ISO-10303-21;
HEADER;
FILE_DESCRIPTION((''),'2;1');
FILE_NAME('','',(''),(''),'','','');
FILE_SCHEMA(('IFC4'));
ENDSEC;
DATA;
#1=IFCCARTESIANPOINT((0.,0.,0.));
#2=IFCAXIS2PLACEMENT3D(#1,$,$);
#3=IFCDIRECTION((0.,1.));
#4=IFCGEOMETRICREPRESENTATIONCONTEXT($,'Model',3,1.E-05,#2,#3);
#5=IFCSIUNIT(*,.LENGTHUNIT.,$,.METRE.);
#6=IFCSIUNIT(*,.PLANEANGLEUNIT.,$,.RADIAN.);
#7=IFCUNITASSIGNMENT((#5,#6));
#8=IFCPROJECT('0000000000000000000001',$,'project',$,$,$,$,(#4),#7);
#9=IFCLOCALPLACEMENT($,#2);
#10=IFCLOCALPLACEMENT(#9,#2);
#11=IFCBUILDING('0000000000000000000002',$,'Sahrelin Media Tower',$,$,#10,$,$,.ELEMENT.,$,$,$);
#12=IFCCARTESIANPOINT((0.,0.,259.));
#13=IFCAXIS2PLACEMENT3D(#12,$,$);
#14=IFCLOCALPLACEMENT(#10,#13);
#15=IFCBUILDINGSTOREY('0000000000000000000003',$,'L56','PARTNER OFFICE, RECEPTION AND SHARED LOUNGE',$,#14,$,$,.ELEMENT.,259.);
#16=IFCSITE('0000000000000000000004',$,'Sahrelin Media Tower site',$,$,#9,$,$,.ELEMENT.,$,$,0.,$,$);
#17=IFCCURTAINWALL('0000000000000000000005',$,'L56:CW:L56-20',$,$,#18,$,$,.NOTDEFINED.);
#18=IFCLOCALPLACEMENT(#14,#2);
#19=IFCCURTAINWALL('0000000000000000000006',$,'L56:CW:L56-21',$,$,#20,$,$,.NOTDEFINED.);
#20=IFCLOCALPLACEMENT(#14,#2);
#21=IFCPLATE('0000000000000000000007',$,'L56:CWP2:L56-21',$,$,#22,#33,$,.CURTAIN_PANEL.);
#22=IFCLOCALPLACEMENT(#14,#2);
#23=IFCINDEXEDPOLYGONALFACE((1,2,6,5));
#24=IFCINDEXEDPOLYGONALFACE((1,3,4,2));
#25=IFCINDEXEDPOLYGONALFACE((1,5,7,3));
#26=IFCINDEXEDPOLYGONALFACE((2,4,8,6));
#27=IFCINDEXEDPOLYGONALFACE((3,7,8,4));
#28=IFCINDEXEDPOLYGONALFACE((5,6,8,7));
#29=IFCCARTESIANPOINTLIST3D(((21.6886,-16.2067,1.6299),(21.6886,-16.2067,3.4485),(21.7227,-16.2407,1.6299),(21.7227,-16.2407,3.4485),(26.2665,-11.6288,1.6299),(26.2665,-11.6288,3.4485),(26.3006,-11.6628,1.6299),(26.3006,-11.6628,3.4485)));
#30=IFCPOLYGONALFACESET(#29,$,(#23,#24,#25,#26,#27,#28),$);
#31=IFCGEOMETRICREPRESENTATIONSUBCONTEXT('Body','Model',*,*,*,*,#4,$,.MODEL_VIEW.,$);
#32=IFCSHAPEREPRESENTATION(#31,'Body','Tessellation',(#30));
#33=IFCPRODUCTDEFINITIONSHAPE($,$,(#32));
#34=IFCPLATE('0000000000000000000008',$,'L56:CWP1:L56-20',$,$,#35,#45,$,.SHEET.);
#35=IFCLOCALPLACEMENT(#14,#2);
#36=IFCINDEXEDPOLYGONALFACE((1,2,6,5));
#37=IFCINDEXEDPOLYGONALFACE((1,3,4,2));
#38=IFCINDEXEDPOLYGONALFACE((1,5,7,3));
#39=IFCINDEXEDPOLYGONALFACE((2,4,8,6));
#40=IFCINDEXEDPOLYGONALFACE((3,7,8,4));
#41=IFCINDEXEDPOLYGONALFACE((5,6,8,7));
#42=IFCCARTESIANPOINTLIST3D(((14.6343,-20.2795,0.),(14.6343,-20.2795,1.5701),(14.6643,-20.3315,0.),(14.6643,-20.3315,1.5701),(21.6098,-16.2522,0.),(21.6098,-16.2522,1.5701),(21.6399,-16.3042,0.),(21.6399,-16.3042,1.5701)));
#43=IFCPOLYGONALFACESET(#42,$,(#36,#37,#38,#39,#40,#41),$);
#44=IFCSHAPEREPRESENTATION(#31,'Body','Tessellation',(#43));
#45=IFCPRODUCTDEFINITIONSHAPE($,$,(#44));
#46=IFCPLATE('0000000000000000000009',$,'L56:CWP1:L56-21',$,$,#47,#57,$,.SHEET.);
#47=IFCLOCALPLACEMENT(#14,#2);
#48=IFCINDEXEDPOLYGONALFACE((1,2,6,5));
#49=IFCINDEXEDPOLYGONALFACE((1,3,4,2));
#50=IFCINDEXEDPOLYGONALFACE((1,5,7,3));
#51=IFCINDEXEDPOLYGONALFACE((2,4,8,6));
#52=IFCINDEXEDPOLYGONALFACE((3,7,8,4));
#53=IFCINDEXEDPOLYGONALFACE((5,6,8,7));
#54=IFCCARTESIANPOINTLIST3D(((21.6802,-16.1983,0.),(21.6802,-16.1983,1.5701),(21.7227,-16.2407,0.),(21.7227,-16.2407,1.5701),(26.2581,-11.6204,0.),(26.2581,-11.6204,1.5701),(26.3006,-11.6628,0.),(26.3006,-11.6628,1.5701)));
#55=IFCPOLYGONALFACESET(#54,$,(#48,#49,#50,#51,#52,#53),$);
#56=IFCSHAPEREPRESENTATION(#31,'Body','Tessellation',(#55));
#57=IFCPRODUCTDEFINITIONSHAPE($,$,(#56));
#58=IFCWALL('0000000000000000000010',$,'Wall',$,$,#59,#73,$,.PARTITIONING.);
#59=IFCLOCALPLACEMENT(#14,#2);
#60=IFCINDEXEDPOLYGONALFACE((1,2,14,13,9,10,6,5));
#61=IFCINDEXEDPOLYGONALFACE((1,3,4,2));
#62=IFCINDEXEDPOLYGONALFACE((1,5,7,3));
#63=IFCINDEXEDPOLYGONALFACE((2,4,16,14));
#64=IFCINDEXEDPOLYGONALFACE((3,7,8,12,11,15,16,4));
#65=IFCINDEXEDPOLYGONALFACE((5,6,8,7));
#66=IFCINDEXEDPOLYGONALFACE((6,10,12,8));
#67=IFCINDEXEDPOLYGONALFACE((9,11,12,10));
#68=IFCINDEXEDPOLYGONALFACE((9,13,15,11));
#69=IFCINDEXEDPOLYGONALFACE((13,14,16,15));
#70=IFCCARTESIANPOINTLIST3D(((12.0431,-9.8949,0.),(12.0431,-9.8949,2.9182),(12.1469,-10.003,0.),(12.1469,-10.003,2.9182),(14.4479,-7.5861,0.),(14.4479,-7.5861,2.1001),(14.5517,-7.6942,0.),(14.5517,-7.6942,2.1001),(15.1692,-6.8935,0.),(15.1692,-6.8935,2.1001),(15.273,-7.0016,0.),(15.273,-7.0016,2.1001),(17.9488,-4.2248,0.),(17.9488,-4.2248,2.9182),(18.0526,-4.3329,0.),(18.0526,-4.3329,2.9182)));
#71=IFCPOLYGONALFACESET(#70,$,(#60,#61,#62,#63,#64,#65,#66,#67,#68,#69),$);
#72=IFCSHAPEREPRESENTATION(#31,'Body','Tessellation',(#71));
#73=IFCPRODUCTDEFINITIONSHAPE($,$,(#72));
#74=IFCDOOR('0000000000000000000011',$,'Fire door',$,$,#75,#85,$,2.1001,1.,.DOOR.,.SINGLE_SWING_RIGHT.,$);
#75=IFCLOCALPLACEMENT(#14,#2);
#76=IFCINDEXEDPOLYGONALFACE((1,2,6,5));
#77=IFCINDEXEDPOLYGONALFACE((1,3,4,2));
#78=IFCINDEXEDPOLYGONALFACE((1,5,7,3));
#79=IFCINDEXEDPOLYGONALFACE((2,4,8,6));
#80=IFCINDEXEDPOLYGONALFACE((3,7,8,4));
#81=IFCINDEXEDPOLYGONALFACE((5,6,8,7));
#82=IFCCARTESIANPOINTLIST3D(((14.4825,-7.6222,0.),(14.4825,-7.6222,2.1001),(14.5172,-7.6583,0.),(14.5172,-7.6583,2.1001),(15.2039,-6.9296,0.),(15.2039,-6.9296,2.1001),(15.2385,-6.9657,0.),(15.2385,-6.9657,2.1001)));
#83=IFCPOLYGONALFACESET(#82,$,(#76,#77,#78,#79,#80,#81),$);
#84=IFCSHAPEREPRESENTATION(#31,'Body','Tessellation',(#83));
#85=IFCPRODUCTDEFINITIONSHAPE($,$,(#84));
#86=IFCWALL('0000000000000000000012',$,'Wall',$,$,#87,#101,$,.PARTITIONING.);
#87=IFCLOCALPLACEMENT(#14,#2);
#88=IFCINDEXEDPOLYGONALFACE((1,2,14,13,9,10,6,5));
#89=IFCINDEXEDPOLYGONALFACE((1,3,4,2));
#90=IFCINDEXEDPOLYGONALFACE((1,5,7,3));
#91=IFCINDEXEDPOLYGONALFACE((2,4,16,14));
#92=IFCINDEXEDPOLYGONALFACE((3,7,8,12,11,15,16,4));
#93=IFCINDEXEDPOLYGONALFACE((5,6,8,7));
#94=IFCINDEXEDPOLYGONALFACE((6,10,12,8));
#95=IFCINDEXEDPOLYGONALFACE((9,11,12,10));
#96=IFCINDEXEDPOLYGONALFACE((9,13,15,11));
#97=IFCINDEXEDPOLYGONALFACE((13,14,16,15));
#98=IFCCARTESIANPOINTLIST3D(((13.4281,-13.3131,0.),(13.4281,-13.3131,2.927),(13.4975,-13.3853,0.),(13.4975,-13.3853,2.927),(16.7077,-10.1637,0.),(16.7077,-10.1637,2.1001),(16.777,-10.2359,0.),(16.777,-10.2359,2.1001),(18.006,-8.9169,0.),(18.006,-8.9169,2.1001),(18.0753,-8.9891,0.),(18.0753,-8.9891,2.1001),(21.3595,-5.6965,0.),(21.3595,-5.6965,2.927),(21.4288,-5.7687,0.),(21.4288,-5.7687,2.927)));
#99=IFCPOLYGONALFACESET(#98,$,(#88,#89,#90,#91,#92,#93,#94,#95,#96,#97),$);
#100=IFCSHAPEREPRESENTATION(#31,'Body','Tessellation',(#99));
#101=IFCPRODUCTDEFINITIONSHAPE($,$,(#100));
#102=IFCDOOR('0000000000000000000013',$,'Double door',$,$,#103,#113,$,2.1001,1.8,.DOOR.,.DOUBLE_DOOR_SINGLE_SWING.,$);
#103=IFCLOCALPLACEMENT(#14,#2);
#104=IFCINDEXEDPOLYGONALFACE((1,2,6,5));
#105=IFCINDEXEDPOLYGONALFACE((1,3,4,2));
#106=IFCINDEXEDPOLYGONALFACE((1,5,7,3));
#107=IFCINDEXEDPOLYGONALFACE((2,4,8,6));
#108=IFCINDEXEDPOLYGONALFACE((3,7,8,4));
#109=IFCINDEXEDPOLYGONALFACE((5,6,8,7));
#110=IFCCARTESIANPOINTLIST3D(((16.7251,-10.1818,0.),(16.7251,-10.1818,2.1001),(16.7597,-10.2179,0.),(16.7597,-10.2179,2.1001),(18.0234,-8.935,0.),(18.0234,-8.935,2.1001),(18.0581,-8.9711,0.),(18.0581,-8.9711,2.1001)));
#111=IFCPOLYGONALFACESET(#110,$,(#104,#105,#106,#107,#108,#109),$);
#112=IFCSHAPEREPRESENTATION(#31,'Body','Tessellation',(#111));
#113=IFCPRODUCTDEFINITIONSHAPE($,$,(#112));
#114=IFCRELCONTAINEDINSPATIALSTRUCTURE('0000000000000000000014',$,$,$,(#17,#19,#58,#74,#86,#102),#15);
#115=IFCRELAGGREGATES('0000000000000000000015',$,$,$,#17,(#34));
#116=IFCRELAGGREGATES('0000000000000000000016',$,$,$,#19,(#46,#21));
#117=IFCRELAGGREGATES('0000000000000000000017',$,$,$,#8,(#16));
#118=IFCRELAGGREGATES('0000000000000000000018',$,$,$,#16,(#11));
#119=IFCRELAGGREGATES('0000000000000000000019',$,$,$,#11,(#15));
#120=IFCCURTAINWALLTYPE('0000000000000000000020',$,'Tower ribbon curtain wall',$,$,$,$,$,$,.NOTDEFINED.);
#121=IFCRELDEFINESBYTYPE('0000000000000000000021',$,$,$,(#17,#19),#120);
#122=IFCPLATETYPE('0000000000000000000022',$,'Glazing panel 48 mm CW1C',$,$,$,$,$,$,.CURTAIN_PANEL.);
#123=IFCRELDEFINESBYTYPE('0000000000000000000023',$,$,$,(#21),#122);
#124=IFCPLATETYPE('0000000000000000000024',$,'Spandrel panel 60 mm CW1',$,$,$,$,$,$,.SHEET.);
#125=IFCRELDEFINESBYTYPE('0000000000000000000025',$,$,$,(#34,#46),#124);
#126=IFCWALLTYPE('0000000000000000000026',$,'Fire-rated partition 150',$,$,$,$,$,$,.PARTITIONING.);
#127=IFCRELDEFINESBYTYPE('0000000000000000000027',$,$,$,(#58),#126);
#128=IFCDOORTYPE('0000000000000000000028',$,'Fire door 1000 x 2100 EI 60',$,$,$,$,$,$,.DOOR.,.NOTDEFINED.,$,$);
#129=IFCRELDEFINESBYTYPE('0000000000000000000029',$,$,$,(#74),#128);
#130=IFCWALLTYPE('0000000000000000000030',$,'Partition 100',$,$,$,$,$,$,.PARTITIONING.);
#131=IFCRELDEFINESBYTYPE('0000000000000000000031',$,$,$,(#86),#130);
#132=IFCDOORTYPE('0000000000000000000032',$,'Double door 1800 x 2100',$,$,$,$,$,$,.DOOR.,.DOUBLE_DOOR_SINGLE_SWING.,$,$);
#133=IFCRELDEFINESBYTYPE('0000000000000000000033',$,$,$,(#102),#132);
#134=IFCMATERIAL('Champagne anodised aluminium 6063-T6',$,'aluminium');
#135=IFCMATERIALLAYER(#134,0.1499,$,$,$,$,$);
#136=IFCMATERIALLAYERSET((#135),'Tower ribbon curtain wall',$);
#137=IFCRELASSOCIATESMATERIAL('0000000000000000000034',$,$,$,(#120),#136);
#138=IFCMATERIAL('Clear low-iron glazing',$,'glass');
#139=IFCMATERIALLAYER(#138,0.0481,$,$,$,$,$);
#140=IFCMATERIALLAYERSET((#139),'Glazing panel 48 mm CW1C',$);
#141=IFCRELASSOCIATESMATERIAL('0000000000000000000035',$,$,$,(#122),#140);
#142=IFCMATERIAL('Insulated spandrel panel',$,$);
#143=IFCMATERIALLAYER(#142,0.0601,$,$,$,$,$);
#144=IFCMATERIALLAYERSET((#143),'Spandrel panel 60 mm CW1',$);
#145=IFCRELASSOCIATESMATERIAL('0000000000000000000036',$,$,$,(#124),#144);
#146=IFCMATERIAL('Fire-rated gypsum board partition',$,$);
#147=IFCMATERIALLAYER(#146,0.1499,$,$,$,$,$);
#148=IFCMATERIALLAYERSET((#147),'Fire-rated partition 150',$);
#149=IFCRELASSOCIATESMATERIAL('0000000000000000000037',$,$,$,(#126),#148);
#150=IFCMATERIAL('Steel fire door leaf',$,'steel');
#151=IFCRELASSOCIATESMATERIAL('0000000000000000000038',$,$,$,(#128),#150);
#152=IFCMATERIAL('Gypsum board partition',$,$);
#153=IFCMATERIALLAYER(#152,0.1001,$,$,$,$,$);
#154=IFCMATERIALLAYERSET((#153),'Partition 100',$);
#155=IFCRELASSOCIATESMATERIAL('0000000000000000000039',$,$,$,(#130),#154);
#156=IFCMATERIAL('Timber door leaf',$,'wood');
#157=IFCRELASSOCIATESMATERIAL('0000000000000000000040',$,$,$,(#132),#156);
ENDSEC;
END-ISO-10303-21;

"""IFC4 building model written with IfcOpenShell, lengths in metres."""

from ifc_helpers import new_model, si_unit, direction, frame, frame_2d, origin, place, context, subcontext, project, spatial, polyline, rectangle, outline, extrude, material, layer, layer_set, type_object, element, fill, aggregate, save


model = new_model("IFC4")

# Units and contexts
model_context = context("Model", 3, precision=1e-05, world=origin(), true_north=direction((0.0, 1.0)))
body_context = subcontext(model_context, "Body", "Model", "MODEL_VIEW")
ifc_project = project(units=[si_unit("LENGTHUNIT", "METRE"), si_unit("PLANEANGLEUNIT", "RADIAN")], contexts=[model_context])

# Site, building, storey
site_placement = place(None, origin())
site = spatial("IfcSite", under=ifc_project, at=site_placement, Name="Sahrelin Media Tower site", CompositionType="ELEMENT", RefElevation=0.0)
building_placement = place(site_placement, origin())
building = spatial("IfcBuilding", under=site, at=building_placement, Name="Sahrelin Media Tower", CompositionType="ELEMENT")
storey_placement = place(building_placement, frame((0.0, 0.0, 259.0)))
storey = spatial("IfcBuildingStorey", under=building, at=storey_placement, Name="L56", Description="PARTNER OFFICE, RECEPTION AND SHARED LOUNGE", CompositionType="ELEMENT", Elevation=259.0)

# Curtain walls
ifc_material_1 = material(Name="Champagne anodised aluminium 6063-T6", Category="aluminium")
ifc_layer_1 = layer(ifc_material_1, 0.1499)
ifc_layer_set_1 = layer_set([ifc_layer_1], Name="Tower ribbon curtain wall")
curtain_wall_type = type_object("IfcCurtainWallType", Name="Tower ribbon curtain wall", PredefinedType="NOTDEFINED", material=ifc_layer_set_1)
curtain_wall_1_placement = place(storey_placement, frame((18.1421, -18.3005, 0.0), z_axis=(0.0, 0.0, 1.0), x_axis=(1.0, 0.0, 0.0)))
curtain_wall_1 = element("IfcCurtainWall", 1, at=curtain_wall_1_placement, inside=storey, type_object=curtain_wall_type, Name="L56:CW:L56-20", PredefinedType="NOTDEFINED")
curtain_wall_2_placement = place(storey_placement, frame((23.9973, -13.9375, 0.0), z_axis=(0.0, 0.0, 1.0), x_axis=(1.0, 0.0, 0.0)))
curtain_wall_2 = element("IfcCurtainWall", 2, at=curtain_wall_2_placement, inside=storey, type_object=curtain_wall_type, Name="L56:CW:L56-21", PredefinedType="NOTDEFINED")

# Plates
ifc_material_2 = material(Name="Clear low-iron glazing", Category="glass")
ifc_layer_2 = layer(ifc_material_2, 0.0481)
ifc_layer_set_2 = layer_set([ifc_layer_2], Name="Glazing panel 48 mm CW1C")
plate_type_1 = type_object("IfcPlateType", Name="Glazing panel 48 mm CW1C", PredefinedType="CURTAIN_PANEL", material=ifc_layer_set_2)
plate_1_placement = place(storey_placement, frame((21.7227, -16.2407, 1.6299), z_axis=(0.707107, -0.707107, 0.0), x_axis=(0.707107, 0.707107, 0.0)))
plate_1 = element("IfcPlate", 3, at=plate_1_placement, type_object=plate_type_1, Name="L56:CWP2:L56-21", PredefinedType="CURTAIN_PANEL", context=body_context, shape_type="SweptSolid", body=[
    extrude(outline(polyline([(0.0, 0.0), (6.4741, 0.0), (6.4741, 1.8186), (0.0, 1.8186), (0.0, 0.0)])), origin(), (0.0, 0.0, -1.0), 0.0481),
])
ifc_material_3 = material(Name="Insulated spandrel panel")
ifc_layer_3 = layer(ifc_material_3, 0.0601)
ifc_layer_set_3 = layer_set([ifc_layer_3], Name="Spandrel panel 60 mm CW1")
plate_type_2 = type_object("IfcPlateType", Name="Spandrel panel 60 mm CW1", PredefinedType="SHEET", material=ifc_layer_set_3)
plate_2_placement = place(storey_placement, frame((14.6643, -20.3315, 0.0), z_axis=(0.499999, -0.866026, 0.0), x_axis=(0.866026, 0.499999, 0.0)))
plate_2 = element("IfcPlate", 4, at=plate_2_placement, type_object=plate_type_2, Name="L56:CWP1:L56-20", PredefinedType="SHEET", context=body_context, shape_type="SweptSolid", body=[
    extrude(outline(polyline([(0.0, 0.0), (8.0547, 0.0), (8.0547, 1.5701), (0.0, 1.5701), (0.0, 0.0)])), origin(), (0.0, 0.0, -1.0), 0.0601),
])
aggregate(curtain_wall_1, [plate_2])
plate_3_placement = place(storey_placement, frame((21.7227, -16.2407, 0.0), z_axis=(0.707107, -0.707107, 0.0), x_axis=(0.707107, 0.707107, 0.0)))
plate_3 = element("IfcPlate", 5, at=plate_3_placement, type_object=plate_type_2, Name="L56:CWP1:L56-21", PredefinedType="SHEET", context=body_context, shape_type="SweptSolid", body=[
    extrude(outline(polyline([(0.0, 0.0), (6.4741, 0.0), (6.4741, 1.5701), (0.0, 1.5701), (0.0, 0.0)])), origin(), (0.0, 0.0, -1.0), 0.0601),
])
aggregate(curtain_wall_2, [plate_3, plate_1])

# Walls, openings, doors
ifc_material_4 = material(Name="Fire-rated gypsum board partition")
ifc_layer_4 = layer(ifc_material_4, 0.1499)
ifc_layer_set_4 = layer_set([ifc_layer_4], Name="Fire-rated partition 150")
wall_type_1 = type_object("IfcWallType", Name="Fire-rated partition 150", PredefinedType="PARTITIONING", material=ifc_layer_set_4)
wall_1_placement = place(storey_placement, frame((12.095, -9.949, 0.0), z_axis=(0.0, 0.0, 1.0), x_axis=(0.721349, 0.692572, 0.0)))
wall_1 = element("IfcWall", 6, at=wall_1_placement, inside=storey, type_object=wall_type_1, Name="Wall", PredefinedType="PARTITIONING", context=body_context, shape_type="SweptSolid", body=[
    extrude(rectangle(XDim=8.187, YDim=0.1499, at=frame_2d((4.0935, 0.0))), origin(), (0.0, 0.0, 1.0), 2.9182),
])
opening_1_placement = place(wall_1_placement, frame((3.3337, 0.0, 0.0)))
opening_1 = element("IfcOpeningElement", 7, at=opening_1_placement, cuts=wall_1, PredefinedType="OPENING", context=body_context, shape_type="SweptSolid", body=[
    extrude(rectangle(XDim=1.0, YDim=2.1001, at=frame_2d((0.5, 1.05))), frame((0.0, 0.075, 0.0), z_axis=(0.0, -1.0, 0.0), x_axis=(1.0, 0.0, 0.0)), (0.0, 0.0, 1.0), 0.1499),
])
ifc_material_5 = material(Name="Steel fire door leaf", Category="steel")
door_type_1 = type_object("IfcDoorType", Name="Fire door 1000 x 2100 EI 60", OperationType="NOTDEFINED", PredefinedType="DOOR", material=ifc_material_5)
door_1_placement = place(opening_1_placement, origin())
door_1 = element("IfcDoor", 8, at=door_1_placement, inside=storey, type_object=door_type_1, Name="Fire door", OperationType="SINGLE_SWING_RIGHT", OverallHeight=2.1001, OverallWidth=1.0, PredefinedType="DOOR", context=body_context, shape_type="SweptSolid", body=[
    extrude(rectangle(XDim=1.0, YDim=2.1001, at=frame_2d((0.5, 1.05))), frame((0.0, 0.0249, 0.0), z_axis=(0.0, -1.0, 0.0), x_axis=(1.0, 0.0, 0.0)), (0.0, 0.0, 1.0), 0.05),
])
fill(opening_1, door_1)
ifc_material_6 = material(Name="Gypsum board partition")
ifc_layer_5 = layer(ifc_material_6, 0.1001)
ifc_layer_set_5 = layer_set([ifc_layer_5], Name="Partition 100")
wall_type_2 = type_object("IfcWallType", Name="Partition 100", PredefinedType="PARTITIONING", material=ifc_layer_set_5)
wall_2_placement = place(storey_placement, frame((13.4629, -13.3491, 0.0), z_axis=(0.0, 0.0, 1.0), x_axis=(0.721271, 0.692653, 0.0)))
wall_2 = element("IfcWall", 9, at=wall_2_placement, inside=storey, type_object=wall_type_2, Name="Wall", PredefinedType="PARTITIONING", context=body_context, shape_type="SweptSolid", body=[
    extrude(rectangle(XDim=10.9963, YDim=0.1001, at=frame_2d((5.498, 0.0))), origin(), (0.0, 0.0, 1.0), 2.927),
])
opening_2_placement = place(wall_2_placement, frame((4.5469, 0.0, 0.0)))
opening_2 = element("IfcOpeningElement", 10, at=opening_2_placement, cuts=wall_2, PredefinedType="OPENING", context=body_context, shape_type="SweptSolid", body=[
    extrude(rectangle(XDim=1.8, YDim=2.1001, at=frame_2d((0.8999, 1.05))), frame((0.0, 0.05, 0.0), z_axis=(0.0, -1.0, 0.0), x_axis=(1.0, 0.0, 0.0)), (0.0, 0.0, 1.0), 0.1001),
])
ifc_material_7 = material(Name="Timber door leaf", Category="wood")
door_type_2 = type_object("IfcDoorType", Name="Double door 1800 x 2100", OperationType="DOUBLE_DOOR_SINGLE_SWING", PredefinedType="DOOR", material=ifc_material_7)
door_2_placement = place(opening_2_placement, origin())
door_2 = element("IfcDoor", 11, at=door_2_placement, inside=storey, type_object=door_type_2, Name="Double door", OperationType="DOUBLE_DOOR_SINGLE_SWING", OverallHeight=2.1001, OverallWidth=1.8, PredefinedType="DOOR", context=body_context, shape_type="SweptSolid", body=[
    extrude(rectangle(XDim=1.8, YDim=2.1001, at=frame_2d((0.8999, 1.05))), frame((0.0, 0.0249, 0.0), z_axis=(0.0, -1.0, 0.0), x_axis=(1.0, 0.0, 0.0)), (0.0, 0.0, 1.0), 0.05),
])
fill(opening_2, door_2)

save(model, "model.ifc")
